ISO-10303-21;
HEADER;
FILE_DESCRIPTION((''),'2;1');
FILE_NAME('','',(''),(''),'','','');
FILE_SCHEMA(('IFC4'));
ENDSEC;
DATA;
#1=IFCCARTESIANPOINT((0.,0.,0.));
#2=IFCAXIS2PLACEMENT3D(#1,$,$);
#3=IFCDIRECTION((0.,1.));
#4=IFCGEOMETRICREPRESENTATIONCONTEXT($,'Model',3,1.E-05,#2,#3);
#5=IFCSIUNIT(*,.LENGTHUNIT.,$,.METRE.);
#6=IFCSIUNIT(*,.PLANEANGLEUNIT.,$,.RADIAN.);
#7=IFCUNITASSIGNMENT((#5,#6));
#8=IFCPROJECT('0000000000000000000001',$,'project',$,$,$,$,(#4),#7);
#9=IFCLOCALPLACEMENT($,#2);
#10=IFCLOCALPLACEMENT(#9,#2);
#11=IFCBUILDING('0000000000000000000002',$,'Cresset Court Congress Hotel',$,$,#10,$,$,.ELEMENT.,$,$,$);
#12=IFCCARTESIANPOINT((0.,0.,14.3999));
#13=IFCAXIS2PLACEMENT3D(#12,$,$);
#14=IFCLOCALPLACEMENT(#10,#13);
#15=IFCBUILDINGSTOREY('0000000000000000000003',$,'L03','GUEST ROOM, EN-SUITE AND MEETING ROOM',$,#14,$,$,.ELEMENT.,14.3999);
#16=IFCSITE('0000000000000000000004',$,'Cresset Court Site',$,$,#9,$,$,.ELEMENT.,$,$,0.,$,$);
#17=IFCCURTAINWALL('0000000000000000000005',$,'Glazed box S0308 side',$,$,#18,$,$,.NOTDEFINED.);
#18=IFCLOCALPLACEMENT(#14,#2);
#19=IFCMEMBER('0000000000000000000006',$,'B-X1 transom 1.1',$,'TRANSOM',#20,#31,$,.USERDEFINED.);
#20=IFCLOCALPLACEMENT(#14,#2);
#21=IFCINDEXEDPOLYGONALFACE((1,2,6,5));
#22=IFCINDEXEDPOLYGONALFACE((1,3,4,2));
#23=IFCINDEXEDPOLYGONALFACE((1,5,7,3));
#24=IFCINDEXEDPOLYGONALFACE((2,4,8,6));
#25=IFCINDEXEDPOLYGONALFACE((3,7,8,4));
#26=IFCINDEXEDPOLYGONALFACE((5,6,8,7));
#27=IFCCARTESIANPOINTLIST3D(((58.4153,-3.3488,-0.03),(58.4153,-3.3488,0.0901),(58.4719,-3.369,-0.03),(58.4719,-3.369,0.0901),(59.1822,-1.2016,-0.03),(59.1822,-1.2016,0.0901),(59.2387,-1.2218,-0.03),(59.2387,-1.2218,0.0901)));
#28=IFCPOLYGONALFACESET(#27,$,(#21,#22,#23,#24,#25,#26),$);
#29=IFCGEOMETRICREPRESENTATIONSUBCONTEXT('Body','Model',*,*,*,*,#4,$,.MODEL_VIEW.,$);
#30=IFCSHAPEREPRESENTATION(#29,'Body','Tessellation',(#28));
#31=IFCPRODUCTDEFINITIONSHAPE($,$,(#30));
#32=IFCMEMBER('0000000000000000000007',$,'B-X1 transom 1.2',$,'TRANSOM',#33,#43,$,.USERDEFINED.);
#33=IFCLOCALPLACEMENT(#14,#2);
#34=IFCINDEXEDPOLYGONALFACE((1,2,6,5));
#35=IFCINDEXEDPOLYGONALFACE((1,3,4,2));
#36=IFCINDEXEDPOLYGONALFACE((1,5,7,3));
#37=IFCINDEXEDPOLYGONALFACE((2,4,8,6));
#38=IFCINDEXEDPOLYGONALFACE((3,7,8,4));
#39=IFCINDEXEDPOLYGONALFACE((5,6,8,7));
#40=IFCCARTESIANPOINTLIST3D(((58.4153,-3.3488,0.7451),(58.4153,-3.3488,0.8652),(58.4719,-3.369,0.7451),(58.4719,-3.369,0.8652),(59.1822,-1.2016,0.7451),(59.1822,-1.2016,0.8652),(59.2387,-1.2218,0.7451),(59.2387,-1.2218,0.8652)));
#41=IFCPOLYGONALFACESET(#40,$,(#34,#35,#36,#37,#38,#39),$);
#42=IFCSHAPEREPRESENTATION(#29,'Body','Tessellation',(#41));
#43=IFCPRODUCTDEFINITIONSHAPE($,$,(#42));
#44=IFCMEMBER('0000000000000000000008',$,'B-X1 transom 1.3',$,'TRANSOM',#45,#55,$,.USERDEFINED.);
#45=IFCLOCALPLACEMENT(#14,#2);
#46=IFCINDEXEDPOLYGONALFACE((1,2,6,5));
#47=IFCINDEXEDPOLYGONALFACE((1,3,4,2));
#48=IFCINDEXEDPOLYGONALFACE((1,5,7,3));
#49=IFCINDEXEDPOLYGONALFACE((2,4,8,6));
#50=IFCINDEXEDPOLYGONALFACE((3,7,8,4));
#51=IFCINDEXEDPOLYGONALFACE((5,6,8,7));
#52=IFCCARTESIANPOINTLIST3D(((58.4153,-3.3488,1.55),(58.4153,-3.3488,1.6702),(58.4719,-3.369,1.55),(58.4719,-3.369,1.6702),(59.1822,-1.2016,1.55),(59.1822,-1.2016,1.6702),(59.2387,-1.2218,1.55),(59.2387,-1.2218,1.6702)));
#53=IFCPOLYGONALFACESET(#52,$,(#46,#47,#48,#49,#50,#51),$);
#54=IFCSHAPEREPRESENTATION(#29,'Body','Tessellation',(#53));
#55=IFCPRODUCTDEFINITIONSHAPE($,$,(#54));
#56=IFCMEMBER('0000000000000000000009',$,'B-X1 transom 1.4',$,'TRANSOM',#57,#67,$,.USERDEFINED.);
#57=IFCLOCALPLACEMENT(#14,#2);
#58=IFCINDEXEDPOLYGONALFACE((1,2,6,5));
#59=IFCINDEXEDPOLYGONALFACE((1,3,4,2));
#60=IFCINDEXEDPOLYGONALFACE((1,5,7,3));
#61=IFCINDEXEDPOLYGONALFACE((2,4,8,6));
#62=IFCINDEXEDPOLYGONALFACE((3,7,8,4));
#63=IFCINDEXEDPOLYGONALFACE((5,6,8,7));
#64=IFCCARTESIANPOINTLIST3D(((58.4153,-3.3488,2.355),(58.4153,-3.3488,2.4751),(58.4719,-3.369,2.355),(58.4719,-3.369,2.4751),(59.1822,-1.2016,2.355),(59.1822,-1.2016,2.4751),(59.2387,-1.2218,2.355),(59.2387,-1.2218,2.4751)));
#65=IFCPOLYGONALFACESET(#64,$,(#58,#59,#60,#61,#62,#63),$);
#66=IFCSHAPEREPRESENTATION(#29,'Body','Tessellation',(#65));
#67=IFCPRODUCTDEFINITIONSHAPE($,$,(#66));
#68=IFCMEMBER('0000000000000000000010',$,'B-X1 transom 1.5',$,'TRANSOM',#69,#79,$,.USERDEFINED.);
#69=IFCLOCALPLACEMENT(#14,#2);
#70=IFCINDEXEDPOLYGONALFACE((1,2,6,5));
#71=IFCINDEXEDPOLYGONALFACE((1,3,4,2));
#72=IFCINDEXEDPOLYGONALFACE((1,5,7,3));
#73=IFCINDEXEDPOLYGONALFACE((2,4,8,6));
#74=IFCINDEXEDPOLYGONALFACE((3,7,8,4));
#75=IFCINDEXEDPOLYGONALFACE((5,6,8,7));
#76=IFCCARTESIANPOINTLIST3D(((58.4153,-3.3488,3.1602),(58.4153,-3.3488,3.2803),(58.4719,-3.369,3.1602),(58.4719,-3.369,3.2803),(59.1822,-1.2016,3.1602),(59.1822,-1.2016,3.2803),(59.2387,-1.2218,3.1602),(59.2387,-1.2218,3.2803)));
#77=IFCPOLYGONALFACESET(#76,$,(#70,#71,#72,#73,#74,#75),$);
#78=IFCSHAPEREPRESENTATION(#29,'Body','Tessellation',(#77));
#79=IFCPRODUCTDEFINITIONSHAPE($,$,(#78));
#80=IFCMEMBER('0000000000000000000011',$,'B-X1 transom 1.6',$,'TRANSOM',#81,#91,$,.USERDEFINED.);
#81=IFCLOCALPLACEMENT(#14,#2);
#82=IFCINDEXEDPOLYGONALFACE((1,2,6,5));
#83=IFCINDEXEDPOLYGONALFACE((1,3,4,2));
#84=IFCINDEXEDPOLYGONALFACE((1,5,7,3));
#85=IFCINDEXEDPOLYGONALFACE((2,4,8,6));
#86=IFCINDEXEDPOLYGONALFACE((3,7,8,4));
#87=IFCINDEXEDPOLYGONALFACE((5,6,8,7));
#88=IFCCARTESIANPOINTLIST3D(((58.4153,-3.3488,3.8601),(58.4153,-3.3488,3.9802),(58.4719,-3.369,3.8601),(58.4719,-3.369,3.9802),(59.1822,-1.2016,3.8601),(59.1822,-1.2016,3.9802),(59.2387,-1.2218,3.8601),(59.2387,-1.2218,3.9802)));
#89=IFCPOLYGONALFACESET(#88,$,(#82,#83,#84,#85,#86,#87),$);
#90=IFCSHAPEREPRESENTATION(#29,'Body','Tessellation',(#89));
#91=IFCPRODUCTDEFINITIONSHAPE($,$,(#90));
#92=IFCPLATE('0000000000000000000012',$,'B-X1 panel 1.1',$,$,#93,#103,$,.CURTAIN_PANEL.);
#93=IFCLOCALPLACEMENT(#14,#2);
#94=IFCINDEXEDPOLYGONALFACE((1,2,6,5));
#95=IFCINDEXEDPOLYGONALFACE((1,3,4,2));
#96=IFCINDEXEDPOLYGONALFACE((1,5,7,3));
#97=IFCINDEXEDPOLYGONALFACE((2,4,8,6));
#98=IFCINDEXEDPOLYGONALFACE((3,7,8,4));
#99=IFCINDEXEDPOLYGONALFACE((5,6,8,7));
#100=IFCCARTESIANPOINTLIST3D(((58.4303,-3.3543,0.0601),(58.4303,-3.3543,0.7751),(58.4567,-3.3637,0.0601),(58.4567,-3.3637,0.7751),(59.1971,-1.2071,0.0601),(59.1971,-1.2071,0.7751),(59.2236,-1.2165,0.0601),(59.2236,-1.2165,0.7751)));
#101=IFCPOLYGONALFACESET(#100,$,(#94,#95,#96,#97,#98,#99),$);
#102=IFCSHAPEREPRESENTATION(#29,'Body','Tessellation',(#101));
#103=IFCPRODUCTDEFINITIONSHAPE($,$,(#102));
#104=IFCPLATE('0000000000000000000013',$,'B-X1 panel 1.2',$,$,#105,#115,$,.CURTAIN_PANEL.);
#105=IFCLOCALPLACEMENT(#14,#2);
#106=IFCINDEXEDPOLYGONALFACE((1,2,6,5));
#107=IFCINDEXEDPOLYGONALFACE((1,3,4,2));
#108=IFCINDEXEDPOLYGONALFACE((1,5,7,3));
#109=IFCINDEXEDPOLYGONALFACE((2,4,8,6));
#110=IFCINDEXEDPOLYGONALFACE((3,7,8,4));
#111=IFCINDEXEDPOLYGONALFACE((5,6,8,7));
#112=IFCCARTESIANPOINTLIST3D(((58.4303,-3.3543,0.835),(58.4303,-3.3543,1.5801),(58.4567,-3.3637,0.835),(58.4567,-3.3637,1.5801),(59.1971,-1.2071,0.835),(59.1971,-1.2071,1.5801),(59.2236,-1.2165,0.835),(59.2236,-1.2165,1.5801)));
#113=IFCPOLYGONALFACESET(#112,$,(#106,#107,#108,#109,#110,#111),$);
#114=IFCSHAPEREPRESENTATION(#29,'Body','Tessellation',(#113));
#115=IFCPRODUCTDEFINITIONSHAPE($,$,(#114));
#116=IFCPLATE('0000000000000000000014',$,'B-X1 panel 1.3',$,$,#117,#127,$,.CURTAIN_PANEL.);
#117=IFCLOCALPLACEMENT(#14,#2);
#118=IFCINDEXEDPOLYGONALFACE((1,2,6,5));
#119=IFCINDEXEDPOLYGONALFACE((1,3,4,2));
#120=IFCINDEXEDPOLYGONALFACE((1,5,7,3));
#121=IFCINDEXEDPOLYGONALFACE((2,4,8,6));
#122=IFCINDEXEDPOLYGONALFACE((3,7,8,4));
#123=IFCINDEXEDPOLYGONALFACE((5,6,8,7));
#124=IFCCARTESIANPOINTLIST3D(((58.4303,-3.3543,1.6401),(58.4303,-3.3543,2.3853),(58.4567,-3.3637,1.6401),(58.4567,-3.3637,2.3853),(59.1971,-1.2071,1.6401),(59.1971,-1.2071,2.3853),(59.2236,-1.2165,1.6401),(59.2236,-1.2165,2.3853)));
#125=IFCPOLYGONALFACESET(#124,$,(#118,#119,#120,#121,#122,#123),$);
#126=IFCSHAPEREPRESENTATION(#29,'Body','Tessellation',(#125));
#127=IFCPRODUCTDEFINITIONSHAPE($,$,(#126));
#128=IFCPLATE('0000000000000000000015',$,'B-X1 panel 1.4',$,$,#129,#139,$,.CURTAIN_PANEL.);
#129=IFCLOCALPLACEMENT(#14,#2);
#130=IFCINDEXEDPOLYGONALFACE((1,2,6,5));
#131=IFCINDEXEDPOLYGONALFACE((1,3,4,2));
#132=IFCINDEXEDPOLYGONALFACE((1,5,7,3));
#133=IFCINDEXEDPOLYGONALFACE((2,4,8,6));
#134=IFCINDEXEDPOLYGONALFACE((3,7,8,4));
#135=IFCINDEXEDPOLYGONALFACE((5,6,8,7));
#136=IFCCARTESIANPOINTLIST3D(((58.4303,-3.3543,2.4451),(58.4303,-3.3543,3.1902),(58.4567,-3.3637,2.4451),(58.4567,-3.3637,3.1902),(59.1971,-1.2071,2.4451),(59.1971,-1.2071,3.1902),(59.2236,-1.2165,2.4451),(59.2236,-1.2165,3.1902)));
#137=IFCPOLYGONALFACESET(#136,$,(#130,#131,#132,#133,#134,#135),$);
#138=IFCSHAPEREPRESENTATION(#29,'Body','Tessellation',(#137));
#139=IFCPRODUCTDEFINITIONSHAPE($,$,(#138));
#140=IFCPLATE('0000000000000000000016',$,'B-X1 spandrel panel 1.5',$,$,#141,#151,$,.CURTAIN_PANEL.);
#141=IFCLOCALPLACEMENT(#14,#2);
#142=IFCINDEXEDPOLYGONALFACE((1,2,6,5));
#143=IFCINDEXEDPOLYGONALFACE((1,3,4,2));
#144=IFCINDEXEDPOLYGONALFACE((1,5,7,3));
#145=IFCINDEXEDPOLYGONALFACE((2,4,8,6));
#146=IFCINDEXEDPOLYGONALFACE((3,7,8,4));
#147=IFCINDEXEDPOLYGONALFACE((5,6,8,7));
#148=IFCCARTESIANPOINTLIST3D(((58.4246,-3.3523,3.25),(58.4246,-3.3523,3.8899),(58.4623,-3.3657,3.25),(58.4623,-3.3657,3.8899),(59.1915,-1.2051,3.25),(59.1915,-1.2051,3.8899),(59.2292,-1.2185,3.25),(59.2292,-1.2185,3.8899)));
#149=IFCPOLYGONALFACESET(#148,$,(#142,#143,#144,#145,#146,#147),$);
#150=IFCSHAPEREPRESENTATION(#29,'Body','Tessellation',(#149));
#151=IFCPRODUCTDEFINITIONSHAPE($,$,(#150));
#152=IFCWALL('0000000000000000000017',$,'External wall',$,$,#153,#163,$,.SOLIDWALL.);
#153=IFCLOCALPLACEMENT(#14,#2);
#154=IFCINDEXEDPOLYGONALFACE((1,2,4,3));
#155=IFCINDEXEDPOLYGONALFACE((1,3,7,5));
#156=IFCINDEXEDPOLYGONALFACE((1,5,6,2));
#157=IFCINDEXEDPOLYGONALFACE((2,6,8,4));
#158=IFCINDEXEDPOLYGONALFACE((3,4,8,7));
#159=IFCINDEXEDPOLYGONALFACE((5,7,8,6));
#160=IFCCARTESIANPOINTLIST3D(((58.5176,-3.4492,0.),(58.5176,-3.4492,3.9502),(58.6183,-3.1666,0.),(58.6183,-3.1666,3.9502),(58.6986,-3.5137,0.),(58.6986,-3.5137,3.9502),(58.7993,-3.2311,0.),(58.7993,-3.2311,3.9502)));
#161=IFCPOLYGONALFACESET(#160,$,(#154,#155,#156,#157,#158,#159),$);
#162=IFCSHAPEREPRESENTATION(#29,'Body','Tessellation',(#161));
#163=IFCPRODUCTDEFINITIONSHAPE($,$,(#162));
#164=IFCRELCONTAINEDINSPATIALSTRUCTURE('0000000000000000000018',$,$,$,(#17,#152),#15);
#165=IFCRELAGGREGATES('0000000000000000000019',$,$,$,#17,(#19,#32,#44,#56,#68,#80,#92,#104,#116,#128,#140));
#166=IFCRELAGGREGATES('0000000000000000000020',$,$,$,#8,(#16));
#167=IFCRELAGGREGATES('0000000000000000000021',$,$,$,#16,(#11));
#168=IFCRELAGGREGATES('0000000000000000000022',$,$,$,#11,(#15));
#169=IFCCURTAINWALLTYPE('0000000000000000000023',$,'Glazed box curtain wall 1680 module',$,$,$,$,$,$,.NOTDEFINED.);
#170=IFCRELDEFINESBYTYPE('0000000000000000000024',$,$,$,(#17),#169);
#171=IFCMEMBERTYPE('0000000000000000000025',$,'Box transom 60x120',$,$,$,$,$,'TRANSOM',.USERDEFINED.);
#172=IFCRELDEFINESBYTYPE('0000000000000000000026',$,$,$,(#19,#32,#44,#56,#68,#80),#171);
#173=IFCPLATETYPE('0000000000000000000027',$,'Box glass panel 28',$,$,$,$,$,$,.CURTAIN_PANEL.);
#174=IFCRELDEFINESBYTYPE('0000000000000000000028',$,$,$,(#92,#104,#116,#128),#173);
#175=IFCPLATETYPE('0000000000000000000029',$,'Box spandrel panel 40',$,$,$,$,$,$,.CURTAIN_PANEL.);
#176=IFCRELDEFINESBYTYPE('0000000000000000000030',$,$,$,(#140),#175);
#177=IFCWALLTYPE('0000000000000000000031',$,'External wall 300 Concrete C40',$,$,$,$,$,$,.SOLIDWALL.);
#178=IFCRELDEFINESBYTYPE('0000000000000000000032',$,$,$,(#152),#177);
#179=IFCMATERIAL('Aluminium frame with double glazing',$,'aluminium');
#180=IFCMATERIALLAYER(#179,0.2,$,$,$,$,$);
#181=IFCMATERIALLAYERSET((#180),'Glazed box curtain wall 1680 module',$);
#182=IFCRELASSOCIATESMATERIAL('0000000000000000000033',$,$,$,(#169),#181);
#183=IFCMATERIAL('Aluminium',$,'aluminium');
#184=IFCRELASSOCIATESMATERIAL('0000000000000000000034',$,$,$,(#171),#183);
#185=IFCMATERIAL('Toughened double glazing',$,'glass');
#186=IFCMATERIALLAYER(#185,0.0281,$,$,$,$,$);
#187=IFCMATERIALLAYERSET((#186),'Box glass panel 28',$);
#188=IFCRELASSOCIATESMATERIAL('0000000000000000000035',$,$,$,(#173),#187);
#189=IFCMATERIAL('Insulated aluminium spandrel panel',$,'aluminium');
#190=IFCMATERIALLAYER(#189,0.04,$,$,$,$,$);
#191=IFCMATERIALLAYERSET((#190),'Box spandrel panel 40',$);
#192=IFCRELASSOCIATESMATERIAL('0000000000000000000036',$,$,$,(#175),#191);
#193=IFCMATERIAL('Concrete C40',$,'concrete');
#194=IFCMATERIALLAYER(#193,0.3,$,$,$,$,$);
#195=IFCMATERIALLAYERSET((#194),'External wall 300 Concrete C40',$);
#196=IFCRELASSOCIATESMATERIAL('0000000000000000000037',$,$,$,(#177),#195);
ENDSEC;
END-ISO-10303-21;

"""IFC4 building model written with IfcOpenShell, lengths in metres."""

from ifc_helpers import new_model, si_unit, direction, frame, frame_2d, origin, origin_2d, place, context, subcontext, project, spatial, rectangle, extrude, material, layer, layer_set, material_profile, profile_set, type_object, element, aggregate, save


model = new_model("IFC4")

# Units and contexts
model_context = context("Model", 3, precision=1e-05, world=origin(), true_north=direction((0.0, 1.0)))
body_context = subcontext(model_context, "Body", "Model", "MODEL_VIEW")
ifc_project = project(units=[si_unit("LENGTHUNIT", "METRE"), si_unit("PLANEANGLEUNIT", "RADIAN")], contexts=[model_context])

# Site, building, storey
site_placement = place(None, origin())
site = spatial("IfcSite", under=ifc_project, at=site_placement, Name="Cresset Court Site", CompositionType="ELEMENT", RefElevation=0.0)
building_placement = place(site_placement, origin())
building = spatial("IfcBuilding", under=site, at=building_placement, Name="Cresset Court Congress Hotel", CompositionType="ELEMENT")
storey_placement = place(building_placement, frame((0.0, 0.0, 14.3999)))
storey = spatial("IfcBuildingStorey", under=building, at=storey_placement, Name="L03", Description="GUEST ROOM, EN-SUITE AND MEETING ROOM", CompositionType="ELEMENT", Elevation=14.3999)

# Curtain wall, members, plates
ifc_material_1 = material(Name="Aluminium frame with double glazing", Category="aluminium")
ifc_layer_1 = layer(ifc_material_1, 0.2)
ifc_layer_set_1 = layer_set([ifc_layer_1], Name="Glazed box curtain wall 1680 module")
curtain_wall_type = type_object("IfcCurtainWallType", Name="Glazed box curtain wall 1680 module", PredefinedType="NOTDEFINED", material=ifc_layer_set_1)
curtain_wall_placement = place(storey_placement, origin())
curtain_wall = element("IfcCurtainWall", 1, at=curtain_wall_placement, inside=storey, type_object=curtain_wall_type, Name="Glazed box S0308 side", PredefinedType="NOTDEFINED")
ifc_material_2 = material(Name="Aluminium", Category="aluminium")
ifc_material_profile = material_profile(ifc_material_2, rectangle(XDim=0.0601, YDim=0.1201, at=origin_2d()), Name="Box transom 60x120")
ifc_profile_set = profile_set([ifc_material_profile], Name="Aluminium")
member_type = type_object("IfcMemberType", Name="Box transom 60x120", ElementType="TRANSOM", PredefinedType="USERDEFINED", material=ifc_profile_set)
member_1_placement = place(storey_placement, frame((58.4436, -3.3589, 0.03), z_axis=(0.33633, 0.941744, 0.0), x_axis=(-0.941744, 0.33633, 0.0)))
member_1 = element("IfcMember", 2, at=member_1_placement, type_object=member_type, Name="B-X1 transom 1.1", ObjectType="TRANSOM", PredefinedType="USERDEFINED", context=body_context, shape_type="SweptSolid", body=[
    extrude(rectangle(XDim=0.0601, YDim=0.1201, at=origin_2d()), origin(), (0.0, 0.0, 1.0), 2.28),
])
member_2_placement = place(storey_placement, frame((58.4436, -3.3589, 0.8052), z_axis=(0.33633, 0.941744, 0.0), x_axis=(-0.941744, 0.33633, 0.0)))
member_2 = element("IfcMember", 3, at=member_2_placement, type_object=member_type, Name="B-X1 transom 1.2", ObjectType="TRANSOM", PredefinedType="USERDEFINED", context=body_context, shape_type="SweptSolid", body=[
    extrude(rectangle(XDim=0.0601, YDim=0.1201, at=origin_2d()), origin(), (0.0, 0.0, 1.0), 2.28),
])
member_3_placement = place(storey_placement, frame((58.4436, -3.3589, 1.6101), z_axis=(0.33633, 0.941744, 0.0), x_axis=(-0.941744, 0.33633, 0.0)))
member_3 = element("IfcMember", 4, at=member_3_placement, type_object=member_type, Name="B-X1 transom 1.3", ObjectType="TRANSOM", PredefinedType="USERDEFINED", context=body_context, shape_type="SweptSolid", body=[
    extrude(rectangle(XDim=0.0601, YDim=0.1201, at=origin_2d()), origin(), (0.0, 0.0, 1.0), 2.28),
])
member_4_placement = place(storey_placement, frame((58.4436, -3.3589, 2.415), z_axis=(0.33633, 0.941744, 0.0), x_axis=(-0.941744, 0.33633, 0.0)))
member_4 = element("IfcMember", 5, at=member_4_placement, type_object=member_type, Name="B-X1 transom 1.4", ObjectType="TRANSOM", PredefinedType="USERDEFINED", context=body_context, shape_type="SweptSolid", body=[
    extrude(rectangle(XDim=0.0601, YDim=0.1201, at=origin_2d()), origin(), (0.0, 0.0, 1.0), 2.28),
])
member_5_placement = place(storey_placement, frame((58.4436, -3.3589, 3.2202), z_axis=(0.33633, 0.941744, 0.0), x_axis=(-0.941744, 0.33633, 0.0)))
member_5 = element("IfcMember", 6, at=member_5_placement, type_object=member_type, Name="B-X1 transom 1.5", ObjectType="TRANSOM", PredefinedType="USERDEFINED", context=body_context, shape_type="SweptSolid", body=[
    extrude(rectangle(XDim=0.0601, YDim=0.1201, at=origin_2d()), origin(), (0.0, 0.0, 1.0), 2.28),
])
member_6_placement = place(storey_placement, frame((58.4436, -3.3589, 3.9202), z_axis=(0.33633, 0.941744, 0.0), x_axis=(-0.941744, 0.33633, 0.0)))
member_6 = element("IfcMember", 7, at=member_6_placement, type_object=member_type, Name="B-X1 transom 1.6", ObjectType="TRANSOM", PredefinedType="USERDEFINED", context=body_context, shape_type="SweptSolid", body=[
    extrude(rectangle(XDim=0.0601, YDim=0.1201, at=origin_2d()), origin(), (0.0, 0.0, 1.0), 2.28),
])
ifc_material_3 = material(Name="Toughened double glazing", Category="glass")
ifc_layer_2 = layer(ifc_material_3, 0.0281)
ifc_layer_set_2 = layer_set([ifc_layer_2], Name="Box glass panel 28")
plate_type_1 = type_object("IfcPlateType", Name="Box glass panel 28", PredefinedType="CURTAIN_PANEL", material=ifc_layer_set_2)
plate_1_placement = place(storey_placement, frame((58.8269, -2.2854, 0.0601), z_axis=(0.0, 0.0, 1.0), x_axis=(0.336336, 0.941742, 0.0)))
plate_1 = element("IfcPlate", 8, at=plate_1_placement, type_object=plate_type_1, Name="B-X1 panel 1.1", PredefinedType="CURTAIN_PANEL", context=body_context, shape_type="SweptSolid", body=[
    extrude(rectangle(XDim=2.28, YDim=0.0281, at=origin_2d()), origin(), (0.0, 0.0, 1.0), 0.7151),
])
plate_2_placement = place(storey_placement, frame((58.8269, -2.2854, 0.835), z_axis=(0.0, 0.0, 1.0), x_axis=(0.336336, 0.941742, 0.0)))
plate_2 = element("IfcPlate", 9, at=plate_2_placement, type_object=plate_type_1, Name="B-X1 panel 1.2", PredefinedType="CURTAIN_PANEL", context=body_context, shape_type="SweptSolid", body=[
    extrude(rectangle(XDim=2.28, YDim=0.0281, at=origin_2d()), origin(), (0.0, 0.0, 1.0), 0.7451),
])
plate_3_placement = place(storey_placement, frame((58.8269, -2.2854, 1.6401), z_axis=(0.0, 0.0, 1.0), x_axis=(0.336336, 0.941742, 0.0)))
plate_3 = element("IfcPlate", 10, at=plate_3_placement, type_object=plate_type_1, Name="B-X1 panel 1.3", PredefinedType="CURTAIN_PANEL", context=body_context, shape_type="SweptSolid", body=[
    extrude(rectangle(XDim=2.28, YDim=0.0281, at=origin_2d()), origin(), (0.0, 0.0, 1.0), 0.7451),
])
plate_4_placement = place(storey_placement, frame((58.8269, -2.2854, 2.4451), z_axis=(0.0, 0.0, 1.0), x_axis=(0.336336, 0.941742, 0.0)))
plate_4 = element("IfcPlate", 11, at=plate_4_placement, type_object=plate_type_1, Name="B-X1 panel 1.4", PredefinedType="CURTAIN_PANEL", context=body_context, shape_type="SweptSolid", body=[
    extrude(rectangle(XDim=2.28, YDim=0.0281, at=origin_2d()), origin(), (0.0, 0.0, 1.0), 0.7451),
])
ifc_material_4 = material(Name="Insulated aluminium spandrel panel", Category="aluminium")
ifc_layer_3 = layer(ifc_material_4, 0.04)
ifc_layer_set_3 = layer_set([ifc_layer_3], Name="Box spandrel panel 40")
plate_type_2 = type_object("IfcPlateType", Name="Box spandrel panel 40", PredefinedType="CURTAIN_PANEL", material=ifc_layer_set_3)
plate_5_placement = place(storey_placement, frame((58.8269, -2.2854, 3.25), z_axis=(0.0, 0.0, 1.0), x_axis=(0.336336, 0.941742, 0.0)))
plate_5 = element("IfcPlate", 12, at=plate_5_placement, type_object=plate_type_2, Name="B-X1 spandrel panel 1.5", PredefinedType="CURTAIN_PANEL", context=body_context, shape_type="SweptSolid", body=[
    extrude(rectangle(XDim=2.28, YDim=0.04, at=origin_2d()), origin(), (0.0, 0.0, 1.0), 0.6399),
])
aggregate(curtain_wall, [member_1, member_2, member_3, member_4, member_5, member_6, plate_1, plate_2, plate_3, plate_4, plate_5])

# Wall
ifc_material_5 = material(Name="Concrete C40", Category="concrete")
ifc_layer_4 = layer(ifc_material_5, 0.3)
ifc_layer_set_4 = layer_set([ifc_layer_4], Name="External wall 300 Concrete C40")
wall_type = type_object("IfcWallType", Name="External wall 300 Concrete C40", PredefinedType="SOLIDWALL", material=ifc_layer_set_4)
wall_1_placement = place(storey_placement, frame((58.5679, -3.3079, 0.0), z_axis=(0.0, 0.0, 1.0), x_axis=(0.942, -0.335612, 0.0)))
element("IfcWall", 13, at=wall_1_placement, inside=storey, type_object=wall_type, Name="External wall", PredefinedType="SOLIDWALL", context=body_context, shape_type="SweptSolid", body=[
    extrude(rectangle(XDim=0.1921, YDim=0.3, at=frame_2d((0.0962, 0.0))), origin(), (0.0, 0.0, 1.0), 3.9502),
])

save(model, "model.ifc")
